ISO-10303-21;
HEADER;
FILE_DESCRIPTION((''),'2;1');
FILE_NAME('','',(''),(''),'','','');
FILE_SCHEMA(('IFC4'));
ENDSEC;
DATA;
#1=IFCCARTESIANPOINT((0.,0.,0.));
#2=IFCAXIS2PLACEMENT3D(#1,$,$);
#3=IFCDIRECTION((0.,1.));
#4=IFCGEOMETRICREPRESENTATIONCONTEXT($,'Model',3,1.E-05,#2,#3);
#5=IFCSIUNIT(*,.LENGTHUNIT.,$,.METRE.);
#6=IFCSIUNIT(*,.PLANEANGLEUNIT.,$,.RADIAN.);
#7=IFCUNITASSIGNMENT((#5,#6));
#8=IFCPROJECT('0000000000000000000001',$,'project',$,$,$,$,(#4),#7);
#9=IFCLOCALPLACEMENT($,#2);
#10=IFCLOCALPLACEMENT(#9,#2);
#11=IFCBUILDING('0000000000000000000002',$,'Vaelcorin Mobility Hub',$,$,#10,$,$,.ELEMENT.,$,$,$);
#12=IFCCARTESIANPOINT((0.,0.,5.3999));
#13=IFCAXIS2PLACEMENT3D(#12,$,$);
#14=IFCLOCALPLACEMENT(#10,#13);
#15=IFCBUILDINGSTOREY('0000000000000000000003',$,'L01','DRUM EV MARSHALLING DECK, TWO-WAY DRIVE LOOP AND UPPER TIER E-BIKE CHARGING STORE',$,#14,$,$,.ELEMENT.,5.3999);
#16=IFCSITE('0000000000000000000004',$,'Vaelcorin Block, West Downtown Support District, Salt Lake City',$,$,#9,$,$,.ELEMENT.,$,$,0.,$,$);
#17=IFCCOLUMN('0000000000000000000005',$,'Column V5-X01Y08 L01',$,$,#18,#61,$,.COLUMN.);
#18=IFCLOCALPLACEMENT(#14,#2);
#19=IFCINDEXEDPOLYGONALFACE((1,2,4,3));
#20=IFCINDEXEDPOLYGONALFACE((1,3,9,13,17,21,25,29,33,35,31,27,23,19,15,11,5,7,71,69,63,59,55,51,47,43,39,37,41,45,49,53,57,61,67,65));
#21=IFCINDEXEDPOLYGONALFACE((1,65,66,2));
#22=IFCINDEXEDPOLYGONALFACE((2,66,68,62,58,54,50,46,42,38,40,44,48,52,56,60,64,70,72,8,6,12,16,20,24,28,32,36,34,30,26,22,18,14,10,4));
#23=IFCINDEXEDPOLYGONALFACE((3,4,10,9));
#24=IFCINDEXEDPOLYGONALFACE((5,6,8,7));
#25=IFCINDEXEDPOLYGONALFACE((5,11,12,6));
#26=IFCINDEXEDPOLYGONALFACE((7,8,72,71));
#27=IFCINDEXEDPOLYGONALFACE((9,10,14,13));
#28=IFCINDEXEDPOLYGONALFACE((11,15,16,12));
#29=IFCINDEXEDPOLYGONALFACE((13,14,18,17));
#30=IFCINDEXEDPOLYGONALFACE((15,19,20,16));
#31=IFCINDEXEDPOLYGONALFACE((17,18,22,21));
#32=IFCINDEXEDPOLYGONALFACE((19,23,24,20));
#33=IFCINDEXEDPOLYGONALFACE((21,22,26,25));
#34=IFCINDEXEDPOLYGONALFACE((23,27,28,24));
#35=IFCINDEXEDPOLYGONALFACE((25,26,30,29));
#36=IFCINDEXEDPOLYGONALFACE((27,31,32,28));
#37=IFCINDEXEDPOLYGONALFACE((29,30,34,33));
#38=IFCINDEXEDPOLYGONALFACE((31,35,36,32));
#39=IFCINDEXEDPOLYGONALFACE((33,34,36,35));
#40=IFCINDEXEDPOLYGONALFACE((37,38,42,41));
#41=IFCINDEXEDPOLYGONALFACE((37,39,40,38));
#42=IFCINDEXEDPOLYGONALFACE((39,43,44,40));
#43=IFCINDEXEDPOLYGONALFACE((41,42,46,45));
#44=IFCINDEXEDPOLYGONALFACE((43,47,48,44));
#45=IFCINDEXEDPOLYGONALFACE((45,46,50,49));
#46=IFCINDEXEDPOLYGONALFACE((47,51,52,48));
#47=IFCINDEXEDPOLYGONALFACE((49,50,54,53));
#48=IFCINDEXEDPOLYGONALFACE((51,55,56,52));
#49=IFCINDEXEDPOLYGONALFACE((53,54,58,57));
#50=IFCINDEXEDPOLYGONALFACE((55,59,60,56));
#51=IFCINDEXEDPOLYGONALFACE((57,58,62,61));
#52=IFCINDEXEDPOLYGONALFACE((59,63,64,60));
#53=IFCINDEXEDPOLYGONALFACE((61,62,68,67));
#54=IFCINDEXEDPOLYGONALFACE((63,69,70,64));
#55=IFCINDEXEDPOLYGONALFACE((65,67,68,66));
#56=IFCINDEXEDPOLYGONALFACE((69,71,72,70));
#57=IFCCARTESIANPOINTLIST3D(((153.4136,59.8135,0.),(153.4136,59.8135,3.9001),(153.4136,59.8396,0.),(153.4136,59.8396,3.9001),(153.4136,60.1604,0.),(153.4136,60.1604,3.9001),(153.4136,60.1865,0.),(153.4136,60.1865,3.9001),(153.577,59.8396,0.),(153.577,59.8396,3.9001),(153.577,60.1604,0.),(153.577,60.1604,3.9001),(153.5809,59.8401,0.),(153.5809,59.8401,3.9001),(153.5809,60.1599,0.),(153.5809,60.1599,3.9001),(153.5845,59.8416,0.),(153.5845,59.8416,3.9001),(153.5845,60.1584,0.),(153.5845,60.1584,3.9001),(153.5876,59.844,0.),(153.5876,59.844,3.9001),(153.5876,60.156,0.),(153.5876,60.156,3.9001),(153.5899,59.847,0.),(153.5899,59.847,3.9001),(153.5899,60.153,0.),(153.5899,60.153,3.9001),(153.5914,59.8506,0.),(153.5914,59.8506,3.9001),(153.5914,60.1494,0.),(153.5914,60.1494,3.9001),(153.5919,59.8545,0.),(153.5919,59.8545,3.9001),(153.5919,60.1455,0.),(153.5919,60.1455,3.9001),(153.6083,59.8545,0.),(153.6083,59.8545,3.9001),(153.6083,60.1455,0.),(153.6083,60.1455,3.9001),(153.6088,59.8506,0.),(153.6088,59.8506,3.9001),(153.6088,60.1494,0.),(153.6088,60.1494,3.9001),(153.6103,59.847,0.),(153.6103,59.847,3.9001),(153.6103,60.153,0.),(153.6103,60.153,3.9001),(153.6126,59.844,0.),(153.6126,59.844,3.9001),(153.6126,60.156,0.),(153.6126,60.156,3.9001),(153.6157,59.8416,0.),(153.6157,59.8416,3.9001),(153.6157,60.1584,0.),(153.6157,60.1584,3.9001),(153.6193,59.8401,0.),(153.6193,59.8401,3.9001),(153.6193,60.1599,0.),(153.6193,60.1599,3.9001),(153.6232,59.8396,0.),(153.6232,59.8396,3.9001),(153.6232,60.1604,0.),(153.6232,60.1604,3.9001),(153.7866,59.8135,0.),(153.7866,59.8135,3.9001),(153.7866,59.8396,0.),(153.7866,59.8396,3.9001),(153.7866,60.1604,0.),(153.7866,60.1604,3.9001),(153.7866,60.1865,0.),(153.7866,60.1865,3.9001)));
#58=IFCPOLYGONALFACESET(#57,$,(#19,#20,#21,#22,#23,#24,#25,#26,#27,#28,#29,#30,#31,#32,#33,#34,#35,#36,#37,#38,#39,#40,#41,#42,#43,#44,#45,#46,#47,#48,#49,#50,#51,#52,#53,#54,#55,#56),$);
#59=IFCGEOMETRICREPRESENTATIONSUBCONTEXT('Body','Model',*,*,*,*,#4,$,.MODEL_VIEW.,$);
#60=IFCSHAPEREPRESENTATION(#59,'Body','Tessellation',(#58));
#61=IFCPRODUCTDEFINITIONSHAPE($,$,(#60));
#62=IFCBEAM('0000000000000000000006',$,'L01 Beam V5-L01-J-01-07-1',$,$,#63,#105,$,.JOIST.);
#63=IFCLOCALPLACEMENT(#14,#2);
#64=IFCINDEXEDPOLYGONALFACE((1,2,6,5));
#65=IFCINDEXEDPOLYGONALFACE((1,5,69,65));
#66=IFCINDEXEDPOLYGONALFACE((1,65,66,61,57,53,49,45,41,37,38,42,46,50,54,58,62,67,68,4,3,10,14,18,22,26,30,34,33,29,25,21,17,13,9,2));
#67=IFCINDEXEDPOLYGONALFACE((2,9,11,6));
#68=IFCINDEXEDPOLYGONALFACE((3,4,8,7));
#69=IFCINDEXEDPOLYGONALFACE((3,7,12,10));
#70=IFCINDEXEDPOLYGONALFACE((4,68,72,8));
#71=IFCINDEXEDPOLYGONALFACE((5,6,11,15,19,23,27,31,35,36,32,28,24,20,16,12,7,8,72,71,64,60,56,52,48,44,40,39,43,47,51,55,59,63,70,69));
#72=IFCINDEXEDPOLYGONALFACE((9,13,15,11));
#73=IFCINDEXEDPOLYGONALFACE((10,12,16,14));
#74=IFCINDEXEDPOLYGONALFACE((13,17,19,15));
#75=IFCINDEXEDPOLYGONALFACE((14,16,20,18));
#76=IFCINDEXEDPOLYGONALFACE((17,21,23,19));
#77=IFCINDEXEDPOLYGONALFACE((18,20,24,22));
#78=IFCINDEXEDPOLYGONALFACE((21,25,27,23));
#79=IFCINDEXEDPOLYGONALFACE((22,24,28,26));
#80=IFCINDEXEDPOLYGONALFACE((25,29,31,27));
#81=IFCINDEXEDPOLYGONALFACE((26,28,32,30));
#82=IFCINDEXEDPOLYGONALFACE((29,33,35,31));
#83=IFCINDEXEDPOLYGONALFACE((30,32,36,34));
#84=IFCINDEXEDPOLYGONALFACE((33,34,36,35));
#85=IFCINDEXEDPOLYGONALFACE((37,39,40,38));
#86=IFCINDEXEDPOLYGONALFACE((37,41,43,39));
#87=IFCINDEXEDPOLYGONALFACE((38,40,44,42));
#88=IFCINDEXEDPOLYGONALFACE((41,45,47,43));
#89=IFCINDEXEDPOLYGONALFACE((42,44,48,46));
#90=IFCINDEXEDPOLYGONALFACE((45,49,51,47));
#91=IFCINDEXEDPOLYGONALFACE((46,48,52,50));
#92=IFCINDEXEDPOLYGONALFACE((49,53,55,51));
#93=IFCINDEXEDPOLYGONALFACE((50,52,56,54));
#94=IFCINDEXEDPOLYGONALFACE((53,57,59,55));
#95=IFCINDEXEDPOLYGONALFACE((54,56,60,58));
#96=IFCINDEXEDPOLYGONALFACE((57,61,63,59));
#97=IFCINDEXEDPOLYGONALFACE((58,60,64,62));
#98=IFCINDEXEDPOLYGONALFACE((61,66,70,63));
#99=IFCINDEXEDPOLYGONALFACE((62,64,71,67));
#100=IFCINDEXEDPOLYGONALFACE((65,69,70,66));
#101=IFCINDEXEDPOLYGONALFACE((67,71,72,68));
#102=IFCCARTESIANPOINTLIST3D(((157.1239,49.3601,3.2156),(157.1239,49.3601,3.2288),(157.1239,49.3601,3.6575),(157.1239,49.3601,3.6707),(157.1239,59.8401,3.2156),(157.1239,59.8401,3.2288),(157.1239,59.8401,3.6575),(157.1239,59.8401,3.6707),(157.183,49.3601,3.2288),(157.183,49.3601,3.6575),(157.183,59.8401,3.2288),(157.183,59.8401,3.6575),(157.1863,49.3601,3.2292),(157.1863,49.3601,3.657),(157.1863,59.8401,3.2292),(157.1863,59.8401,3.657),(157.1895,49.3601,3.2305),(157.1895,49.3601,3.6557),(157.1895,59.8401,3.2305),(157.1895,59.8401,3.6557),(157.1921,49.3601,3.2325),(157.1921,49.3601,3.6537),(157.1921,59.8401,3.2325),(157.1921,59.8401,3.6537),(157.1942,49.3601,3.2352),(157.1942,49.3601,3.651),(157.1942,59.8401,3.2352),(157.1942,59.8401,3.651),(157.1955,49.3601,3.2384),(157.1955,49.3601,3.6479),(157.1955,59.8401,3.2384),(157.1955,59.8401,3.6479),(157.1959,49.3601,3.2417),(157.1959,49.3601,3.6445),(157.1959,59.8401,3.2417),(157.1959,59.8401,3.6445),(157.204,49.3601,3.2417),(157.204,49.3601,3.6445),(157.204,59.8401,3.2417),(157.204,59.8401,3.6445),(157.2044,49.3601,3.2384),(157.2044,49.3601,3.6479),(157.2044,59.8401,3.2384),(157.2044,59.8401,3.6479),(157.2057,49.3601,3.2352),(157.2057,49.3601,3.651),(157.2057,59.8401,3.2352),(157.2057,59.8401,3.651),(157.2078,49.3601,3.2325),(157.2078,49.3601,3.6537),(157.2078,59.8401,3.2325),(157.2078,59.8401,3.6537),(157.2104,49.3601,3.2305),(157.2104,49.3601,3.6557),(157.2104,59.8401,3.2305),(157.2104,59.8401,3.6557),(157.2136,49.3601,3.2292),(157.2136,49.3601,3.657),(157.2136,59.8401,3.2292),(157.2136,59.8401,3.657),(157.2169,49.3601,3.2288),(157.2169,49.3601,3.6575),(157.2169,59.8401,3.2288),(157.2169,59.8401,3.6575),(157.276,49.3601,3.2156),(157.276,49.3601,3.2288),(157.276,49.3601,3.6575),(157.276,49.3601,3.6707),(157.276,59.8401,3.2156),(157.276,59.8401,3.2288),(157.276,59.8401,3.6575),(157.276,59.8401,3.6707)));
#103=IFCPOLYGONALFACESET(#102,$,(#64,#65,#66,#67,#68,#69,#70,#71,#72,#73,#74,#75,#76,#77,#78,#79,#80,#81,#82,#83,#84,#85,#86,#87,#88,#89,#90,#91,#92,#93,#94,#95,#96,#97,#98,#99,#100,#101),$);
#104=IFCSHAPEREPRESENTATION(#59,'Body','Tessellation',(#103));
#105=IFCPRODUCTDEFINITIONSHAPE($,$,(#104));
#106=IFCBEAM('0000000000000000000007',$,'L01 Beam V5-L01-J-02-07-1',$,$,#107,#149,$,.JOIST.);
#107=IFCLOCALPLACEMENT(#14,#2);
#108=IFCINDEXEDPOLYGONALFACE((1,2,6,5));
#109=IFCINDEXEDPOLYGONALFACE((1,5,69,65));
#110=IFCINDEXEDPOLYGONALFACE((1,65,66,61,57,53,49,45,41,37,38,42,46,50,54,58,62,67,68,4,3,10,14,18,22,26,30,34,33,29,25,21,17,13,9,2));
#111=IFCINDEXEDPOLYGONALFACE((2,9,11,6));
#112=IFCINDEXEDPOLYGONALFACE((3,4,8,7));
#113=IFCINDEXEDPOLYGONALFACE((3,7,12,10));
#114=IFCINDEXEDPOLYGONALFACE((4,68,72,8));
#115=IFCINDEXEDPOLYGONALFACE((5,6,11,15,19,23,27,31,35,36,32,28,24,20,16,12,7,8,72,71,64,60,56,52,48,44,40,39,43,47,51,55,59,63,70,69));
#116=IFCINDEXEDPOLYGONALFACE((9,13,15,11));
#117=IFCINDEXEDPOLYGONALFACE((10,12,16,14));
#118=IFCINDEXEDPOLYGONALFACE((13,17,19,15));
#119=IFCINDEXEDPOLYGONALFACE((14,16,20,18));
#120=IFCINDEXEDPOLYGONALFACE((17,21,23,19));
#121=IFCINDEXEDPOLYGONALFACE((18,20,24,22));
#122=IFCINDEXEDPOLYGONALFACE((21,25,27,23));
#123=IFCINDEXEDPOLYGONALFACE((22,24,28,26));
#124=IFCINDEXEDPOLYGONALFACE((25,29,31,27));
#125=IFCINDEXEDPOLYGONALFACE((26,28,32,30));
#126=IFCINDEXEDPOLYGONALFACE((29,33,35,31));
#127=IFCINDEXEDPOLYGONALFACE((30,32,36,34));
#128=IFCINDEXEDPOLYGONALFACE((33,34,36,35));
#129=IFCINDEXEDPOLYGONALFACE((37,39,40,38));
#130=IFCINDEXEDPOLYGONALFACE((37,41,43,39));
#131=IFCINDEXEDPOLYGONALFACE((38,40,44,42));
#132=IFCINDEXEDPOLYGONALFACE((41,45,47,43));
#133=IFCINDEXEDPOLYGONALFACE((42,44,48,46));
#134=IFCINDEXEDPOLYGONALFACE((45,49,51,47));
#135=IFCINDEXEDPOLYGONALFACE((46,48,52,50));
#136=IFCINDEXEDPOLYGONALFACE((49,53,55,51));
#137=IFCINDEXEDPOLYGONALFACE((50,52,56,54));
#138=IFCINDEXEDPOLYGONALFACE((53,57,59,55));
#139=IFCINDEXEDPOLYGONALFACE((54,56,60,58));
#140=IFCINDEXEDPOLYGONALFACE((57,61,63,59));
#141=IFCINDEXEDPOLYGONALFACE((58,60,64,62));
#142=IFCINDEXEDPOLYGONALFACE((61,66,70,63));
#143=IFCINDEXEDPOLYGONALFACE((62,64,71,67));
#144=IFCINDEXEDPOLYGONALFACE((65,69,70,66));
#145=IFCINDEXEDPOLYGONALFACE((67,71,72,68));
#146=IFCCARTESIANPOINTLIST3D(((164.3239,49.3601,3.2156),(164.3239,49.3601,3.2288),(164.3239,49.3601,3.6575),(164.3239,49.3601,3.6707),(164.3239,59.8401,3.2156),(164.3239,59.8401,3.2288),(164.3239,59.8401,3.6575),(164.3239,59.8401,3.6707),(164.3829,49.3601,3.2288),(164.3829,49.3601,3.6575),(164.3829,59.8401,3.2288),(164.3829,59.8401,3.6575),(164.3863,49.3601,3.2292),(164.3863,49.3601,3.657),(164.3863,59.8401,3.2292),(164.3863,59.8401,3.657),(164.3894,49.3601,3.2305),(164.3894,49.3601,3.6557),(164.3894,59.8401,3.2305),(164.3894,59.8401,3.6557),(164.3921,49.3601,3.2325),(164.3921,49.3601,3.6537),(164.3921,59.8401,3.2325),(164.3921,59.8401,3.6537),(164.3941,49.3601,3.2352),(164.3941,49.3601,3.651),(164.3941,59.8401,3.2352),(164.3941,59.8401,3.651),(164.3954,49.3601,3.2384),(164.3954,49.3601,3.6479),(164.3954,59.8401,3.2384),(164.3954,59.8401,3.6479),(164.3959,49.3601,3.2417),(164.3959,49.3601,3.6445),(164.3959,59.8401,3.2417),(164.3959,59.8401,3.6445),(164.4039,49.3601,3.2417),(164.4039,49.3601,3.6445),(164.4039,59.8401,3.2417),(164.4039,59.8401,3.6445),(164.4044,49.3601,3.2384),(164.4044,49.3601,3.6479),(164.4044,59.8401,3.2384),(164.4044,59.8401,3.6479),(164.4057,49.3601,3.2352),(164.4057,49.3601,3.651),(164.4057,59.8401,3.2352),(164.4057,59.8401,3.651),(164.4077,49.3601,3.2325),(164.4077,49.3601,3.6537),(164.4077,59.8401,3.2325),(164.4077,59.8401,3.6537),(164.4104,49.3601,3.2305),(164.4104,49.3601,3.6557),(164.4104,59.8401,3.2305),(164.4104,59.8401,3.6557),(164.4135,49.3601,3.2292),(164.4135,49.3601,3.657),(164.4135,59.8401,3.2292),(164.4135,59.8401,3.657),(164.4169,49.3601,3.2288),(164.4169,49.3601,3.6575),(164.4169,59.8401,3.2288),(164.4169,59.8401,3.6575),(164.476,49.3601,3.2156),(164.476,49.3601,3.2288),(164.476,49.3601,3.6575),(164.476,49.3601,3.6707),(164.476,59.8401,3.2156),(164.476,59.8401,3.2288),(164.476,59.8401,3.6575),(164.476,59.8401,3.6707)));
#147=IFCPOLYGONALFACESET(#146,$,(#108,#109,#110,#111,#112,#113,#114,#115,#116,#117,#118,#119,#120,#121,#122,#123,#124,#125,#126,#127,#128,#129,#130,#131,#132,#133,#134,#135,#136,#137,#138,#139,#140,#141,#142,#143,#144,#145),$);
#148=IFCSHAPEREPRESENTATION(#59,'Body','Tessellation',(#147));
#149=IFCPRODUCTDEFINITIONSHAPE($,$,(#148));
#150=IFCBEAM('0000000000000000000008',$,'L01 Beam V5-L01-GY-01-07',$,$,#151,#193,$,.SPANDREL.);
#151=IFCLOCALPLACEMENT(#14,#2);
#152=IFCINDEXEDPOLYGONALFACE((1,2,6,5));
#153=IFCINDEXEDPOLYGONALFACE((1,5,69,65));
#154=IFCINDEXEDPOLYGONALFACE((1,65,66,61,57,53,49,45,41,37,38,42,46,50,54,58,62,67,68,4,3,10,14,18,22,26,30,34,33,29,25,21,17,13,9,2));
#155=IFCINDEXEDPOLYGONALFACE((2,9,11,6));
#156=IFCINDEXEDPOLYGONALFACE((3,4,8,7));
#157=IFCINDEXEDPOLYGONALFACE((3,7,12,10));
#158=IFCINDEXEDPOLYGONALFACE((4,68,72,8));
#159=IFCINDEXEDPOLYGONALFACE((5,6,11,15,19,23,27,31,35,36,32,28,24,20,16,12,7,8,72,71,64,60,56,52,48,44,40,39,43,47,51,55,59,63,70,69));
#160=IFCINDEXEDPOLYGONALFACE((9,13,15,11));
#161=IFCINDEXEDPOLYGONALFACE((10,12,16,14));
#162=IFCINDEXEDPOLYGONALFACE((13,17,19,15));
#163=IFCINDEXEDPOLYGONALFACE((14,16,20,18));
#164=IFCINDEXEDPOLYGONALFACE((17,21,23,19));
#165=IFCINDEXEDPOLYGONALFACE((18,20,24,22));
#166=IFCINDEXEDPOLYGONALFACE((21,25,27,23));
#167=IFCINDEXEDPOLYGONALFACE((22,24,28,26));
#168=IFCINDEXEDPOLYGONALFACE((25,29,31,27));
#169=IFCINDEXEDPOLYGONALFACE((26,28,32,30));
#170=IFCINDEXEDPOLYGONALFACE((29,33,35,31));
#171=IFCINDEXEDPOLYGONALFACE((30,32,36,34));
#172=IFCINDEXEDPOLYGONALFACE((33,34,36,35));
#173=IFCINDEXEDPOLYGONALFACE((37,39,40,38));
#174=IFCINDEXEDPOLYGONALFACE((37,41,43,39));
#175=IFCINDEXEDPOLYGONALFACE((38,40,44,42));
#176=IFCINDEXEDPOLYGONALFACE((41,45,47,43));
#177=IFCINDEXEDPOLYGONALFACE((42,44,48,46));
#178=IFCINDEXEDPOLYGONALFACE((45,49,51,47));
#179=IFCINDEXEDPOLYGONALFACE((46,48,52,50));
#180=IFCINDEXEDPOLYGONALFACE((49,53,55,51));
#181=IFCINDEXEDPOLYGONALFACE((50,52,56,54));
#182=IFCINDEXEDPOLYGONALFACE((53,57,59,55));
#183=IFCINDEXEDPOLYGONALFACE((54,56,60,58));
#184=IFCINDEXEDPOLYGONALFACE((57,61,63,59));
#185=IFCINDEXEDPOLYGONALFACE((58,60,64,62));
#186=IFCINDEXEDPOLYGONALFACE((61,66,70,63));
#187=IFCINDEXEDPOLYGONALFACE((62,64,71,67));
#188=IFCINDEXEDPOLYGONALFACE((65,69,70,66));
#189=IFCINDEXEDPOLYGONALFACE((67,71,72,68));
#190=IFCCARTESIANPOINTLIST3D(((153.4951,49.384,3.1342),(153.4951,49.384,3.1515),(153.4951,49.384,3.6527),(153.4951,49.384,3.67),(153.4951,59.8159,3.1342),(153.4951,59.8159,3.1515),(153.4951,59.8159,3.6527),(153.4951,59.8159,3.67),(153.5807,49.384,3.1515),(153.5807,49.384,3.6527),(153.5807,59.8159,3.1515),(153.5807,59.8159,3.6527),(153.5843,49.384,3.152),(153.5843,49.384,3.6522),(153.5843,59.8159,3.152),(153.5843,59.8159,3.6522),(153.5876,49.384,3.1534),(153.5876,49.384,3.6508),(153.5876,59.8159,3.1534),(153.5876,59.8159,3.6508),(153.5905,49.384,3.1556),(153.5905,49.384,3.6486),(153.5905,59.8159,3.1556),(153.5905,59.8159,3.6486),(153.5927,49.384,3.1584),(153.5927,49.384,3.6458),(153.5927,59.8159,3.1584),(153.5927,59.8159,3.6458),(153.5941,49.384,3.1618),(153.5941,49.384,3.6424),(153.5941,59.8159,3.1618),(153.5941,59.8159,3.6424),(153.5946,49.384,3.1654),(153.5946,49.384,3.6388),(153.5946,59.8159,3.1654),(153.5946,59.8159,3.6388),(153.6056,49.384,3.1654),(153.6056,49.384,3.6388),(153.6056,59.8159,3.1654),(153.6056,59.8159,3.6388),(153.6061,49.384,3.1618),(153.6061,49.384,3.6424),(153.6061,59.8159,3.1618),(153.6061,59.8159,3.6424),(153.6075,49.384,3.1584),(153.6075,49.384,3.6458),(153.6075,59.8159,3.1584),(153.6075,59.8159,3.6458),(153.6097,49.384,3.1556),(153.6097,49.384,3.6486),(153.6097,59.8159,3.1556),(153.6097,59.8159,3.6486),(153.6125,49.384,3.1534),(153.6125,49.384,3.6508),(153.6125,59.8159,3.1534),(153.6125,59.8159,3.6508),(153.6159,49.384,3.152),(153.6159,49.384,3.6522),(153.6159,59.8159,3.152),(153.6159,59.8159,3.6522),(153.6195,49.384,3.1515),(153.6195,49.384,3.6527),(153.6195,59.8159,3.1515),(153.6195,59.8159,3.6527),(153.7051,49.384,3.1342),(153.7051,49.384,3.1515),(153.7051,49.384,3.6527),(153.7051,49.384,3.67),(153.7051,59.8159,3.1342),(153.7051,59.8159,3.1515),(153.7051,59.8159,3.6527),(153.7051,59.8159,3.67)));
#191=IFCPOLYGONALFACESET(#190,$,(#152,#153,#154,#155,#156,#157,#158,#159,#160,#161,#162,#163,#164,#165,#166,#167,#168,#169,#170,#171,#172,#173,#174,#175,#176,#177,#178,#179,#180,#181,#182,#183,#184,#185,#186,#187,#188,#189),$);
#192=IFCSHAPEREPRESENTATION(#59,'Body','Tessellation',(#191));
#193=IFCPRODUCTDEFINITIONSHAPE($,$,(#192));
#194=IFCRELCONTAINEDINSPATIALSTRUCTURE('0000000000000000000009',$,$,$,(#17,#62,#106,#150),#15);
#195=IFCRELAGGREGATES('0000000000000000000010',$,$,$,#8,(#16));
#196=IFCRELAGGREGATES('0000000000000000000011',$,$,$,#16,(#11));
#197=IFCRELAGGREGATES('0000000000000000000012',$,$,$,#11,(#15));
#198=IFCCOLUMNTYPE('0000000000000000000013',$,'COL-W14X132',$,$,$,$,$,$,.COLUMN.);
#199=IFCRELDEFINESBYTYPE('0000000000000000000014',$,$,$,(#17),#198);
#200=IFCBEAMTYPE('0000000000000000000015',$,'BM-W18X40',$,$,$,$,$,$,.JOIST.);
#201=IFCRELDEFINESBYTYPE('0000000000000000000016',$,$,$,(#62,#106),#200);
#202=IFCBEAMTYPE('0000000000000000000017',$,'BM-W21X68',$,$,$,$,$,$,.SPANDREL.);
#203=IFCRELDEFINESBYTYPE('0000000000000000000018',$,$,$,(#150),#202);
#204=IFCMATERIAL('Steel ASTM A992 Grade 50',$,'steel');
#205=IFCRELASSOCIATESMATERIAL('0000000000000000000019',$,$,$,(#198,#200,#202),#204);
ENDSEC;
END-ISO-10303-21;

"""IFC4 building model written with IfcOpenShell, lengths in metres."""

from ifc_helpers import new_model, si_unit, direction, frame, origin, origin_2d, place, context, subcontext, project, spatial, i_section, extrude, material, material_profile, profile_set, type_object, element, save


model = new_model("IFC4")

# Units and contexts
model_context = context("Model", 3, precision=1e-05, world=origin(), true_north=direction((0.0, 1.0)))
body_context = subcontext(model_context, "Body", "Model", "MODEL_VIEW")
ifc_project = project(units=[si_unit("LENGTHUNIT", "METRE"), si_unit("PLANEANGLEUNIT", "RADIAN")], contexts=[model_context])

# Site, building, storey
site_placement = place(None, origin())
site = spatial("IfcSite", under=ifc_project, at=site_placement, Name="Vaelcorin Block, West Downtown Support District, Salt Lake City", CompositionType="ELEMENT", RefElevation=0.0)
building_placement = place(site_placement, origin())
building = spatial("IfcBuilding", under=site, at=building_placement, Name="Vaelcorin Mobility Hub", CompositionType="ELEMENT")
storey_placement = place(building_placement, frame((0.0, 0.0, 5.3999)))
storey = spatial("IfcBuildingStorey", under=building, at=storey_placement, Name="L01", Description="DRUM EV MARSHALLING DECK, TWO-WAY DRIVE LOOP AND UPPER TIER E-BIKE CHARGING STORE", CompositionType="ELEMENT", Elevation=5.3999)

# Column
ifc_material_1 = material(Name="Steel ASTM A992 Grade 50", Category="steel")
ifc_material_profile_1 = material_profile(ifc_material_1, i_section(OverallWidth=0.373, OverallDepth=0.373, WebThickness=0.0164, FlangeThickness=0.0261, FilletRadius=0.0149, at=origin_2d()), Name="W14X132")
ifc_profile_set_1 = profile_set([ifc_material_profile_1], Name="Steel ASTM A992 Grade 50")
column_type = type_object("IfcColumnType", Name="COL-W14X132", PredefinedType="COLUMN", material=ifc_profile_set_1)
column_placement = place(storey_placement, frame((153.6001, 60.0, 0.0), z_axis=(0.0, 0.0, 1.0), x_axis=(1.0, 0.0, 0.0)))
element("IfcColumn", 1, at=column_placement, inside=storey, type_object=column_type, Name="Column V5-X01Y08 L01", PredefinedType="COLUMN", context=body_context, shape_type="SweptSolid", body=[
    extrude(i_section(OverallWidth=0.373, OverallDepth=0.373, WebThickness=0.0164, FlangeThickness=0.0261, FilletRadius=0.0149, at=origin_2d()), origin(), (0.0, 0.0, 1.0), 3.9001),
])

# Beams
ifc_material_profile_2 = material_profile(ifc_material_1, i_section(OverallWidth=0.1521, OverallDepth=0.4551, WebThickness=0.0081, FlangeThickness=0.0132, FilletRadius=0.0129, at=origin_2d()), Name="W18X40")
ifc_profile_set_2 = profile_set([ifc_material_profile_2], Name="Steel ASTM A992 Grade 50")
beam_type_1 = type_object("IfcBeamType", Name="BM-W18X40", PredefinedType="JOIST", material=ifc_profile_set_2)
for number, where, z_axis, x_axis, name in (
    (2, (157.2, 49.3601, 3.4431), (0.0, 1.0, 0.0), (-1.0, 0.0, 0.0), "L01 Beam V5-L01-J-01-07-1"),
    (3, (164.3999, 49.3601, 3.4431), (0.0, 1.0, 0.0), (-1.0, 0.0, 0.0), "L01 Beam V5-L01-J-02-07-1"),
):
    element("IfcBeam", number, at=place(storey_placement, frame(where, z_axis=z_axis, x_axis=x_axis)), inside=storey, type_object=beam_type_1, Name=name, PredefinedType="JOIST", context=body_context, shape_type="SweptSolid", body=[
        extrude(i_section(OverallWidth=0.1521, OverallDepth=0.4551, WebThickness=0.0081, FlangeThickness=0.0132, FilletRadius=0.0129, at=origin_2d()), origin(), (0.0, 0.0, 1.0), 10.48),
    ])
ifc_material_profile_3 = material_profile(ifc_material_1, i_section(OverallWidth=0.21, OverallDepth=0.5359, WebThickness=0.011, FlangeThickness=0.0173, FilletRadius=0.0139, at=origin_2d()), Name="W21X68")
ifc_profile_set_3 = profile_set([ifc_material_profile_3], Name="Steel ASTM A992 Grade 50")
beam_type_2 = type_object("IfcBeamType", Name="BM-W21X68", PredefinedType="SPANDREL", material=ifc_profile_set_3)
beam_1_placement = place(storey_placement, frame((153.6001, 49.384, 3.4021), z_axis=(0.0, 1.0, 0.0), x_axis=(-1.0, 0.0, 0.0)))
element("IfcBeam", 4, at=beam_1_placement, inside=storey, type_object=beam_type_2, Name="L01 Beam V5-L01-GY-01-07", PredefinedType="SPANDREL", context=body_context, shape_type="SweptSolid", body=[
    extrude(i_section(OverallWidth=0.21, OverallDepth=0.5359, WebThickness=0.011, FlangeThickness=0.0173, FilletRadius=0.0139, at=origin_2d()), origin(), (0.0, 0.0, 1.0), 10.4319),
])

save(model, "model.ifc")
